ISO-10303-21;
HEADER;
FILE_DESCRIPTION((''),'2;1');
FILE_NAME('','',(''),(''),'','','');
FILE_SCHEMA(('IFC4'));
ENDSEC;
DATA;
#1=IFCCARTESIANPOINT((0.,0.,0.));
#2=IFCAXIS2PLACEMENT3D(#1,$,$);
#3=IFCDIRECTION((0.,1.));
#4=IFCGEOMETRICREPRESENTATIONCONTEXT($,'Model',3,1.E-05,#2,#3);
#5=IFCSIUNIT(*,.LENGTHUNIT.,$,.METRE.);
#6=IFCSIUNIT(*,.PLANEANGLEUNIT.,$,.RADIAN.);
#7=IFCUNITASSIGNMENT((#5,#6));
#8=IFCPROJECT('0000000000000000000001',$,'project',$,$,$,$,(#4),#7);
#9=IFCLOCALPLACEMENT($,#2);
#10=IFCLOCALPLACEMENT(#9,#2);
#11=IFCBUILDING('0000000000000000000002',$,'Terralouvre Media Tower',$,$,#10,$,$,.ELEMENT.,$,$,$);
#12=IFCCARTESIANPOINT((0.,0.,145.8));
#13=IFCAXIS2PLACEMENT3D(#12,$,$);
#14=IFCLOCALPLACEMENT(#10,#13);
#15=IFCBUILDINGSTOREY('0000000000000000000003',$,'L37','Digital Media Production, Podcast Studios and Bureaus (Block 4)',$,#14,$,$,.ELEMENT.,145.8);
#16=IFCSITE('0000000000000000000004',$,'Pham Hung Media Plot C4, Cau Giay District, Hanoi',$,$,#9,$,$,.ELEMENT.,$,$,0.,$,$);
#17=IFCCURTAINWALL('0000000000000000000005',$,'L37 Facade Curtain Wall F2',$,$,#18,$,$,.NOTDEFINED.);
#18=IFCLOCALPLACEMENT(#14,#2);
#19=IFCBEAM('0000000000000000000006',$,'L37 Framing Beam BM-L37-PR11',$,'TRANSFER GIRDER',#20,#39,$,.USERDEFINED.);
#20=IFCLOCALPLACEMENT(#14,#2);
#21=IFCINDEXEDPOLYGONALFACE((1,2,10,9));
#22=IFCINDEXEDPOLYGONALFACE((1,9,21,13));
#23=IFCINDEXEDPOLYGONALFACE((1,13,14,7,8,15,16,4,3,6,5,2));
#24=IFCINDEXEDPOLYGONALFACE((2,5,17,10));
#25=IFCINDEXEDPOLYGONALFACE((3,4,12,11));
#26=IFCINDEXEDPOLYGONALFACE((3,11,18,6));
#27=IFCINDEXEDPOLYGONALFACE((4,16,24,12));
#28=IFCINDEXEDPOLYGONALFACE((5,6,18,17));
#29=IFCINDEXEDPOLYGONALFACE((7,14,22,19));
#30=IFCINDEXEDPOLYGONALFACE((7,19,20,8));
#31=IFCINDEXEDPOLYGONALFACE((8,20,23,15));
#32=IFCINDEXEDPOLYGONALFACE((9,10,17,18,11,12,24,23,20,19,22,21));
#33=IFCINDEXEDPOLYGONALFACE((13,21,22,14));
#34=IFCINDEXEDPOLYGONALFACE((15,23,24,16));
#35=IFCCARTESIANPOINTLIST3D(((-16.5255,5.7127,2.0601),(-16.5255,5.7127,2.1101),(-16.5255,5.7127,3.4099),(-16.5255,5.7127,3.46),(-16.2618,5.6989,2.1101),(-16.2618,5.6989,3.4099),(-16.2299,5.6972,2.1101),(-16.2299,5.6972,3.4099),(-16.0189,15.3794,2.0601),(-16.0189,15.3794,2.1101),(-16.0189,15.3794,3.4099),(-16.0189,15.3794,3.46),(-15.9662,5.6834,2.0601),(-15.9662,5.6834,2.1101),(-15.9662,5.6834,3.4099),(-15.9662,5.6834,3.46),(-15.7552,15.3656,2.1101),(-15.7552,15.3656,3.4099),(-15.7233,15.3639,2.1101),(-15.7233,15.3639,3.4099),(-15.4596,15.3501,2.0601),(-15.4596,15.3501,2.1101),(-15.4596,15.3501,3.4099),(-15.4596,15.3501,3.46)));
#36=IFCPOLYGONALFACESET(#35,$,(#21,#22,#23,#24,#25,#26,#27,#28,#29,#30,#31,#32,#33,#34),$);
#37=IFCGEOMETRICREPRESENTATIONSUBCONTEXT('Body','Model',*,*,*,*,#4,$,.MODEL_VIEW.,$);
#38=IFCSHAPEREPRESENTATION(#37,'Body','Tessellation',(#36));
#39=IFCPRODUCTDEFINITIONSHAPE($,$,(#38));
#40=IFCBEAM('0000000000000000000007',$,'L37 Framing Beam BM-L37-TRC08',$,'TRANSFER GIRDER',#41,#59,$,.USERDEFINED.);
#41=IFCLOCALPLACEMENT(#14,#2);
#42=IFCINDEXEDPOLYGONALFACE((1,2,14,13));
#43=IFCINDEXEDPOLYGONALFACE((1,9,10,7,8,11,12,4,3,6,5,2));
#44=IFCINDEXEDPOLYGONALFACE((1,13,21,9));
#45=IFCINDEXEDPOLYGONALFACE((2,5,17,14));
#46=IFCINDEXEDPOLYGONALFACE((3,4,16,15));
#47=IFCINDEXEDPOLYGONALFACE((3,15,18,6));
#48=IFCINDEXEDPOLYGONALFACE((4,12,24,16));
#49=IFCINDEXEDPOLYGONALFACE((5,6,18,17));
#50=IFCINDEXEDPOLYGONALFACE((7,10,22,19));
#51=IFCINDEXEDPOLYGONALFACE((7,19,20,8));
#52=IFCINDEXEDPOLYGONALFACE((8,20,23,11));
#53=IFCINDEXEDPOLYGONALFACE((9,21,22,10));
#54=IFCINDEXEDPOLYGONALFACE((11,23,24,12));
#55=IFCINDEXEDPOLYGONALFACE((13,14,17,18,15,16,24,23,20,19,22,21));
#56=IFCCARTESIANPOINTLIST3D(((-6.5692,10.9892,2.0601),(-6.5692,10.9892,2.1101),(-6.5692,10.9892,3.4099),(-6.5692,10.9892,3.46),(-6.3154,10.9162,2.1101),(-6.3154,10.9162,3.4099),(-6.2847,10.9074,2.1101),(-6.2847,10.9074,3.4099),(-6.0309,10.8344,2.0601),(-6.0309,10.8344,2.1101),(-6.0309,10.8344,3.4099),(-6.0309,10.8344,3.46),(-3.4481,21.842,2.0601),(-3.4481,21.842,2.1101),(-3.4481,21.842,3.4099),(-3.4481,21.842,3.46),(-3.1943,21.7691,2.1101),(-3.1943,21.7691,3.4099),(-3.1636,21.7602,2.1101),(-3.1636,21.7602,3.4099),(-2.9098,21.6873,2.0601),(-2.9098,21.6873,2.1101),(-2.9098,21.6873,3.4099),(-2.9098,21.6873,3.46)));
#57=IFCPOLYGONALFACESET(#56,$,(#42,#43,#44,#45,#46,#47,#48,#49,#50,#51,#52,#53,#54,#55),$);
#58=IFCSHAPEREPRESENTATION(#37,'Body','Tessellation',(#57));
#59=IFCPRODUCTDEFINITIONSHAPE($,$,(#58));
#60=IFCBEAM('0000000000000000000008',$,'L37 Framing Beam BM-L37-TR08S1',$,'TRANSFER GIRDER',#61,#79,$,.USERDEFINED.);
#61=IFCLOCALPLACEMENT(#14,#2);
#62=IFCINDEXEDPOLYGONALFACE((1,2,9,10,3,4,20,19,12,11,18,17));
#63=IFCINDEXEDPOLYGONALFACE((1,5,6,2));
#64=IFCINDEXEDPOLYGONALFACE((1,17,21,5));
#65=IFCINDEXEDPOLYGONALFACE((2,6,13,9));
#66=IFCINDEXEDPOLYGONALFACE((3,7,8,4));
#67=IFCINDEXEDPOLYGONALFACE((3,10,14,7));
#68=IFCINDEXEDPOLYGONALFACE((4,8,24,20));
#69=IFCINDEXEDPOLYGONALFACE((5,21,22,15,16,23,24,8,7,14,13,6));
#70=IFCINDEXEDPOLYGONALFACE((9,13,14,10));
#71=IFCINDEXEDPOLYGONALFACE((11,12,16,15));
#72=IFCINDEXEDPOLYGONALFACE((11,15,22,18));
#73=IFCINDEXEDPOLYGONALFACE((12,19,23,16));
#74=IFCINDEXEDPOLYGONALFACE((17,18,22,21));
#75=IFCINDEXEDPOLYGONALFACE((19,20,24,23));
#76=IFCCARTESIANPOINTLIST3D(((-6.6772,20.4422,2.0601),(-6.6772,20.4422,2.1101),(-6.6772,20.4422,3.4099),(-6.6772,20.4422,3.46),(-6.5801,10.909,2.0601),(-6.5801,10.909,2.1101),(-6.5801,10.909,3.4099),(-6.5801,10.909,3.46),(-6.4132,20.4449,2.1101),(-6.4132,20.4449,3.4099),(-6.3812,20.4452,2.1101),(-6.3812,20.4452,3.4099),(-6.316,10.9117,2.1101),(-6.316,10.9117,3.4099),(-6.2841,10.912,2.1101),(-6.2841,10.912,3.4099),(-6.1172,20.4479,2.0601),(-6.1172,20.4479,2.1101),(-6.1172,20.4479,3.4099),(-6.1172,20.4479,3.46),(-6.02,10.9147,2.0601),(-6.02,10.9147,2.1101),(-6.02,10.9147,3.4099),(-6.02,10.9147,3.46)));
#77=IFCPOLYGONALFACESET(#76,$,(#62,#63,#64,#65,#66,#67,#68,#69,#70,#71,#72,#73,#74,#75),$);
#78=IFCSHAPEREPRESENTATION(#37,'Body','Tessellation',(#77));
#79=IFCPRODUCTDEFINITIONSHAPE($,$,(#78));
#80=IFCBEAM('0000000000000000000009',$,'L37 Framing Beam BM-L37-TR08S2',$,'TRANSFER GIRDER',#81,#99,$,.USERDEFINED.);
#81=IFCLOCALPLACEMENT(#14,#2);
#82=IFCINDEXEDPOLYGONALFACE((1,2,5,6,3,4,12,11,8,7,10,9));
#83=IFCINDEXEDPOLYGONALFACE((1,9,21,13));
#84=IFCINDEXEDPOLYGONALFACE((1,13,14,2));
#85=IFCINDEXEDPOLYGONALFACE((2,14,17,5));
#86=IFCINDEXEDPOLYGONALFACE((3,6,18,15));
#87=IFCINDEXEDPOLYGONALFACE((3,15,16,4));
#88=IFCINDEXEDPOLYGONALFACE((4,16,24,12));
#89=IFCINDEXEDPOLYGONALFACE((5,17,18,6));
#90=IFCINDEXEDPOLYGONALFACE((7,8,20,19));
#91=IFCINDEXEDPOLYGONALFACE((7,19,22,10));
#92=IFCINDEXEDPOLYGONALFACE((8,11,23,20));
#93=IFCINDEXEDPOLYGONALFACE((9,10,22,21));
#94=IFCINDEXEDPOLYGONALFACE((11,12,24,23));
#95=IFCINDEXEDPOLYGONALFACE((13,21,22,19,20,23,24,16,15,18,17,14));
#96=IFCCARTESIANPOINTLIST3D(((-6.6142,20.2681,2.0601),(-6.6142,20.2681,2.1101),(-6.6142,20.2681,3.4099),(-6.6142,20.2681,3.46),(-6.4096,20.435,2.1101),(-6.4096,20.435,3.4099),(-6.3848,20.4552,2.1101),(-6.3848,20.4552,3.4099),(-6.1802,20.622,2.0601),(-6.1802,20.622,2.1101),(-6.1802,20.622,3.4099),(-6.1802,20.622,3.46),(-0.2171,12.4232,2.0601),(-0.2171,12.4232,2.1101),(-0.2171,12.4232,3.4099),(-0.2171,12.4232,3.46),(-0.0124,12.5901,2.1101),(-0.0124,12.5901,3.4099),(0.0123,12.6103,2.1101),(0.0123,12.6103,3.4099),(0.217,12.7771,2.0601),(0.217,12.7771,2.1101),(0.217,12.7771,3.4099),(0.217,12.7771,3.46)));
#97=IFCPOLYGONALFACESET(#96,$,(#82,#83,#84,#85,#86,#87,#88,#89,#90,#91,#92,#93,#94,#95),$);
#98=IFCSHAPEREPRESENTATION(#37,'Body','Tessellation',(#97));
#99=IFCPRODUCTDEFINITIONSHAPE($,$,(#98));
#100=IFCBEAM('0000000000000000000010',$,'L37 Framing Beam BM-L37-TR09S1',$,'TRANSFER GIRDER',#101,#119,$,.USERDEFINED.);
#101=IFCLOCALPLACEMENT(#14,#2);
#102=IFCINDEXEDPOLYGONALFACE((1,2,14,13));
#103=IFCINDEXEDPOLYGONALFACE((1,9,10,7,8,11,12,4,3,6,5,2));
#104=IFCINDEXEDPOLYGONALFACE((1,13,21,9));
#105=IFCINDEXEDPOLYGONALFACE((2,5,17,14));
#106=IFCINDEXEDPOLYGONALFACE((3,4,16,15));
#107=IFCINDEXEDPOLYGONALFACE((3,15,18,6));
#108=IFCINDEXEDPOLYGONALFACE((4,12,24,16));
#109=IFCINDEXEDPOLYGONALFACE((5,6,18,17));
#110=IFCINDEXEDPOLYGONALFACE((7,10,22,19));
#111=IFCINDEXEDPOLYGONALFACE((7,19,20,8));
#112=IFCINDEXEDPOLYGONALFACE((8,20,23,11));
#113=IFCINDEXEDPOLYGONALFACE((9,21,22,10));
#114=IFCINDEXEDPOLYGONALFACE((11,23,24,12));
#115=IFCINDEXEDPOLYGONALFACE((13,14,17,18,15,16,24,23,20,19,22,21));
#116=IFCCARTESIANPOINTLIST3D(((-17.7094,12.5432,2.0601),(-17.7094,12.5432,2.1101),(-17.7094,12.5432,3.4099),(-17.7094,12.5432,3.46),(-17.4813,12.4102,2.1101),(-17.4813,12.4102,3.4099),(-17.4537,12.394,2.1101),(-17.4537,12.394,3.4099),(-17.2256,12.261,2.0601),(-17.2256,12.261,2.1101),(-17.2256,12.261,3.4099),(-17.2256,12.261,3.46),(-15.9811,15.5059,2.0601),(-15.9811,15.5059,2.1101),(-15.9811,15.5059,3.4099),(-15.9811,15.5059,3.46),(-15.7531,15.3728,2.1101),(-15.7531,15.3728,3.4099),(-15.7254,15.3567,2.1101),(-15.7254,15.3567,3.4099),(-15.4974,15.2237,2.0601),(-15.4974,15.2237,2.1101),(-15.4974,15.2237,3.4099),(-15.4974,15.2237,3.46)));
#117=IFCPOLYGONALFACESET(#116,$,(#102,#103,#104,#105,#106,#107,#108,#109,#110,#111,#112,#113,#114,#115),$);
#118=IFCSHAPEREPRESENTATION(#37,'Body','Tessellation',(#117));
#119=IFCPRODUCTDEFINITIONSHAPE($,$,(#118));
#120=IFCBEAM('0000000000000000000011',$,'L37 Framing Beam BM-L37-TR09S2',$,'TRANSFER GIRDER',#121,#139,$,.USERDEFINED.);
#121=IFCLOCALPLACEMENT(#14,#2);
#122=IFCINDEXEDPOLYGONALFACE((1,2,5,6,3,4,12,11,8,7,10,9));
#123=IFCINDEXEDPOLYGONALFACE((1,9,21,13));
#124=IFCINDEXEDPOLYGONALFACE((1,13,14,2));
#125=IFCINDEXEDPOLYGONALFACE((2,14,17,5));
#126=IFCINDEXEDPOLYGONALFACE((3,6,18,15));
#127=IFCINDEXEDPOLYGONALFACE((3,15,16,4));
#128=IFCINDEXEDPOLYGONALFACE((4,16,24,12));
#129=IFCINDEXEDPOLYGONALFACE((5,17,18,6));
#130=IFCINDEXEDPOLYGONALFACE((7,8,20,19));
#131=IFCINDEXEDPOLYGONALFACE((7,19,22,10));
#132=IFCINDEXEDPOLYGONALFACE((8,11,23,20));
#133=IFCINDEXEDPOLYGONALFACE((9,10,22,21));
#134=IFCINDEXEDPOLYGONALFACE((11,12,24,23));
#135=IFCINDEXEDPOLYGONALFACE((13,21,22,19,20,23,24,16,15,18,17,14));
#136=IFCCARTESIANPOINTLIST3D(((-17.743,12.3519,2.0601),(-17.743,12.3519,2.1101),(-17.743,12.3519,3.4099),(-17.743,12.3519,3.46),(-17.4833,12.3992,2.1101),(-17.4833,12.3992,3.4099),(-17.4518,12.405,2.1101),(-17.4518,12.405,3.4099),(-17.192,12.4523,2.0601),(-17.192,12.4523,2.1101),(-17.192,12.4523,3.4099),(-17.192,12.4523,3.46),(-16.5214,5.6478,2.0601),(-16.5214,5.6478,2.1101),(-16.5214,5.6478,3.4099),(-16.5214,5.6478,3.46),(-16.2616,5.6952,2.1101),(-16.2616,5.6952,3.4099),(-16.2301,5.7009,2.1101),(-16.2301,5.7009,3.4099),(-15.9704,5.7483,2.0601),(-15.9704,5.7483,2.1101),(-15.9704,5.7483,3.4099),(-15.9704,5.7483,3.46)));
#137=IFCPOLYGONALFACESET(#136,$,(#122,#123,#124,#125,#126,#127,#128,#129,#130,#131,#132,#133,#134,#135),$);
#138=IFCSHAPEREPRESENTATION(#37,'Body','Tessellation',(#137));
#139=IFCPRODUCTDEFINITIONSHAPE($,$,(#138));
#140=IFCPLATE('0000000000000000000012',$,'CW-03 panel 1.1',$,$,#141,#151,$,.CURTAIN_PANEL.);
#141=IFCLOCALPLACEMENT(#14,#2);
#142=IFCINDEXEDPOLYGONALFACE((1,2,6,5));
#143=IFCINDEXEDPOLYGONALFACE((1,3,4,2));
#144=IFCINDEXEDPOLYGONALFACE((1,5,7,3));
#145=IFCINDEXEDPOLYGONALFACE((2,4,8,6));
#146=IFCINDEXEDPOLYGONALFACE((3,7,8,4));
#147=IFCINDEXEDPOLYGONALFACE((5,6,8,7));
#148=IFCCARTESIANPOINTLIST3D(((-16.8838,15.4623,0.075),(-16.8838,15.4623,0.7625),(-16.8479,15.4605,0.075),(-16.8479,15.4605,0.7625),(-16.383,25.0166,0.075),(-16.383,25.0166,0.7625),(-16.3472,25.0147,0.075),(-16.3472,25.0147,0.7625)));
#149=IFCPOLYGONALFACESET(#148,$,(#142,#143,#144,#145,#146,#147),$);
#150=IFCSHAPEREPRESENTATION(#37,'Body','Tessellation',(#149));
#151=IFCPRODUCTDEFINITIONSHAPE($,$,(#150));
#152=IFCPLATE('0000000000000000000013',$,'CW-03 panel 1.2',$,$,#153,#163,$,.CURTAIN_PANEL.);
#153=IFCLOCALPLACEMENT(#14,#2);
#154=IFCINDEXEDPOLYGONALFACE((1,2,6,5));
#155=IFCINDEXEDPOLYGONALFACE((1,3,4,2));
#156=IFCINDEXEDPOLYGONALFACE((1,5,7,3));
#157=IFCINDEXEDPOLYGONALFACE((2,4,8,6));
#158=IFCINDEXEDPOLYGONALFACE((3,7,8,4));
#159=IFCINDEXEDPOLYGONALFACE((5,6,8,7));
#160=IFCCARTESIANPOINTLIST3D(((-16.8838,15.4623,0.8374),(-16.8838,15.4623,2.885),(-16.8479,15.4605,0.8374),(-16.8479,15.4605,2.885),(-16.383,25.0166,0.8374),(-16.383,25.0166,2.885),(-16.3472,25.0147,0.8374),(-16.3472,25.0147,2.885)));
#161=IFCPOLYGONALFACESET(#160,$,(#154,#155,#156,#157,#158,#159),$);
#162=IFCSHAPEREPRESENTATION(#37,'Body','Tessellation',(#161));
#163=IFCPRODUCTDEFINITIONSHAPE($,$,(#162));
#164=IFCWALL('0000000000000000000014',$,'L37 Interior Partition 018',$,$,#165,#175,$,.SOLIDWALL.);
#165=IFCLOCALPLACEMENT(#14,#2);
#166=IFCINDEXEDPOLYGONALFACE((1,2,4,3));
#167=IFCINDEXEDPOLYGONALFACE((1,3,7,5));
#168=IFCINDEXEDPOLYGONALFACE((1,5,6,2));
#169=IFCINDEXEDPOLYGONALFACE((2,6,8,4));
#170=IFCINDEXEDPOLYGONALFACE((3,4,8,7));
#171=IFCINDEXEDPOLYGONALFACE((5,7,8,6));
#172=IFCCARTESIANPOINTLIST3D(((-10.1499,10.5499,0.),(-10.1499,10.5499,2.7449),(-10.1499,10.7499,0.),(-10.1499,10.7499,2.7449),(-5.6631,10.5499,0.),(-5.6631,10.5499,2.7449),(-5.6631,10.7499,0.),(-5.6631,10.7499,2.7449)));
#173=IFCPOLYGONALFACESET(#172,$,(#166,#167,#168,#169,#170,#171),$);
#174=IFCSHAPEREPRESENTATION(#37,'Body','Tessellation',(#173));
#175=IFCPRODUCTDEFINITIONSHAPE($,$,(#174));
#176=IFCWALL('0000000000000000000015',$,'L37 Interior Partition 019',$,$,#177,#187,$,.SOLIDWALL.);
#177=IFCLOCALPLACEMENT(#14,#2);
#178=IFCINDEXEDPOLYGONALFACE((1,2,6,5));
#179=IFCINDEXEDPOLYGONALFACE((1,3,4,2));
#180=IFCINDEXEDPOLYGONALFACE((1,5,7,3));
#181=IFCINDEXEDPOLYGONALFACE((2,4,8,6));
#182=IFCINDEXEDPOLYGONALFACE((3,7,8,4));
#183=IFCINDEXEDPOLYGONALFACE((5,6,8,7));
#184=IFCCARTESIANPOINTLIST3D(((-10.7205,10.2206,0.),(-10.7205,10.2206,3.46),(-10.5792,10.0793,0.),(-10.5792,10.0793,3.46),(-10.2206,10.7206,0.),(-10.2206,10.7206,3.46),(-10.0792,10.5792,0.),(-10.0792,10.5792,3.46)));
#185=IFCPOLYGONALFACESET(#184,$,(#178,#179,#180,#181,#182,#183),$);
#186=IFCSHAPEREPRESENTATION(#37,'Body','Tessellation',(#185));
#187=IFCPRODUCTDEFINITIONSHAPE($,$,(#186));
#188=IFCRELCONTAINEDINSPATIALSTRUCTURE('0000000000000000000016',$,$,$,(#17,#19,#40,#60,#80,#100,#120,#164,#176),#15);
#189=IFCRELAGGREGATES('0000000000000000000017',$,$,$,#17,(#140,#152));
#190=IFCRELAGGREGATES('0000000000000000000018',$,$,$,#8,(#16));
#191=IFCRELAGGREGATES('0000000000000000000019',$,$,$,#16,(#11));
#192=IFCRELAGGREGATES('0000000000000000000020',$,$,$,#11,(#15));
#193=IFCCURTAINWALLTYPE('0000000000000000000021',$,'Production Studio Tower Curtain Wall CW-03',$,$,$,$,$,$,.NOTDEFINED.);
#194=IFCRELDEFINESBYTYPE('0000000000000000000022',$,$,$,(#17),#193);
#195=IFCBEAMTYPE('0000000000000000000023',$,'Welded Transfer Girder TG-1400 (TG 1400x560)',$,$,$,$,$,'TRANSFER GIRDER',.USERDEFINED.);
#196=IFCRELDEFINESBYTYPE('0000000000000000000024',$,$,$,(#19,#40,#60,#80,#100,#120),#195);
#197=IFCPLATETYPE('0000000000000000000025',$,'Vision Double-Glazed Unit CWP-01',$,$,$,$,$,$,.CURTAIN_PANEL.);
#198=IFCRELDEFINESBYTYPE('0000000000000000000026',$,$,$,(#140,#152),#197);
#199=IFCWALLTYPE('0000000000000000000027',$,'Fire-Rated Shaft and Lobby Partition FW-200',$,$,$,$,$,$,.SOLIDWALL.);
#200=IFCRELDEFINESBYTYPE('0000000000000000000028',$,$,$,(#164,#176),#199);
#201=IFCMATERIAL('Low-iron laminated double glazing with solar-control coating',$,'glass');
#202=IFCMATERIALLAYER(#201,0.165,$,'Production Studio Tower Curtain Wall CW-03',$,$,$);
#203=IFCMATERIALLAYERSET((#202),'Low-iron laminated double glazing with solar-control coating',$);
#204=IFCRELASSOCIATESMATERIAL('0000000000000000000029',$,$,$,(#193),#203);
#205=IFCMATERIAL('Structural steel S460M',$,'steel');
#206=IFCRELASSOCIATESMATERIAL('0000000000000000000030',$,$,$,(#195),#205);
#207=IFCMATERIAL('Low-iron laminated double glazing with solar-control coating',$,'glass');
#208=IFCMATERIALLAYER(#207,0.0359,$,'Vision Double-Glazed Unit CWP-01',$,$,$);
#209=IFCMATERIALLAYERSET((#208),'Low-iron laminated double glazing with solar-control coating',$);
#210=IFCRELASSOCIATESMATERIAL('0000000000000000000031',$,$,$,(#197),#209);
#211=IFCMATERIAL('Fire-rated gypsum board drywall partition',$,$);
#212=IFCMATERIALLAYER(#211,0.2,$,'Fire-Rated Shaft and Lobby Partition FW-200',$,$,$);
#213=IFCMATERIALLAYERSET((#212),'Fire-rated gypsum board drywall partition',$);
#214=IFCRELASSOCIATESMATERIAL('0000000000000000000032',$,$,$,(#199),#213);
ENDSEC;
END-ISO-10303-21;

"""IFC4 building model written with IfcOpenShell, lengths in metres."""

from ifc_helpers import new_model, si_unit, direction, frame, frame_2d, origin, origin_2d, place, context, subcontext, project, spatial, rectangle, i_section, extrude, material, layer, layer_set, material_profile, profile_set, type_object, element, aggregate, save


model = new_model("IFC4")

# Units and contexts
model_context = context("Model", 3, precision=1e-05, world=origin(), true_north=direction((0.0, 1.0)))
body_context = subcontext(model_context, "Body", "Model", "MODEL_VIEW")
ifc_project = project(units=[si_unit("LENGTHUNIT", "METRE"), si_unit("PLANEANGLEUNIT", "RADIAN")], contexts=[model_context])

# Site, building, storey
site_placement = place(None, origin())
site = spatial("IfcSite", under=ifc_project, at=site_placement, Name="Pham Hung Media Plot C4, Cau Giay District, Hanoi", CompositionType="ELEMENT", RefElevation=0.0)
building_placement = place(site_placement, origin())
building = spatial("IfcBuilding", under=site, at=building_placement, Name="Terralouvre Media Tower", CompositionType="ELEMENT")
storey_placement = place(building_placement, frame((0.0, 0.0, 145.8)))
storey = spatial("IfcBuildingStorey", under=building, at=storey_placement, Name="L37", Description="Digital Media Production, Podcast Studios and Bureaus (Block 4)", CompositionType="ELEMENT", Elevation=145.8)

# Curtain wall
ifc_material_1 = material(Name="Low-iron laminated double glazing with solar-control coating", Category="glass")
ifc_layer_1 = layer(ifc_material_1, 0.165, Name="Production Studio Tower Curtain Wall CW-03")
ifc_layer_set_1 = layer_set([ifc_layer_1], Name="Low-iron laminated double glazing with solar-control coating")
curtain_wall_type = type_object("IfcCurtainWallType", Name="Production Studio Tower Curtain Wall CW-03", PredefinedType="NOTDEFINED", material=ifc_layer_set_1)
curtain_wall_placement = place(storey_placement, origin())
curtain_wall = element("IfcCurtainWall", 1, at=curtain_wall_placement, inside=storey, type_object=curtain_wall_type, Name="L37 Facade Curtain Wall F2", PredefinedType="NOTDEFINED")

# Beams
ifc_material_2 = material(Name="Structural steel S460M", Category="steel")
ifc_material_profile_1 = material_profile(ifc_material_2, i_section(OverallWidth=0.5601, OverallDepth=1.3999, WebThickness=0.032, FlangeThickness=0.05, at=origin_2d()), Name="TG 1400x560")
ifc_profile_set_1 = profile_set([ifc_material_profile_1], Name="Structural steel S460M")
beam_type_1 = type_object("IfcBeamType", Name="Welded Transfer Girder TG-1400 (TG 1400x560)", ElementType="TRANSFER GIRDER", PredefinedType="USERDEFINED", material=ifc_profile_set_1)
beam_1_placement = place(storey_placement, frame((-15.7393, 15.3647, 2.76), z_axis=(-0.052334, -0.99863, 0.0), x_axis=(0.99863, -0.052334, 0.0)))
element("IfcBeam", 2, at=beam_1_placement, inside=storey, type_object=beam_type_1, Name="L37 Framing Beam BM-L37-PR11", ObjectType="TRANSFER GIRDER", PredefinedType="USERDEFINED", context=body_context, shape_type="SweptSolid", body=[
    extrude(i_section(OverallWidth=0.5601, OverallDepth=1.3999, WebThickness=0.032, FlangeThickness=0.05, at=origin_2d()), origin(), (0.0, 0.0, 1.0), 9.6799),
])
beam_2_placement = place(storey_placement, frame((-3.179, 21.7646, 2.76), z_axis=(-0.276383, -0.961048, 0.0), x_axis=(0.961048, -0.276383, 0.0)))
element("IfcBeam", 3, at=beam_2_placement, inside=storey, type_object=beam_type_1, Name="L37 Framing Beam BM-L37-TRC08", ObjectType="TRANSFER GIRDER", PredefinedType="USERDEFINED", context=body_context, shape_type="SweptSolid", body=[
    extrude(i_section(OverallWidth=0.5601, OverallDepth=1.3999, WebThickness=0.032, FlangeThickness=0.05, at=origin_2d()), origin(), (0.0, 0.0, 1.0), 11.2927),
])
beam_3_placement = place(storey_placement, frame((-6.3972, 20.4451, 2.76), z_axis=(0.010192, -0.999948, 0.0), x_axis=(0.999948, 0.010192, 0.0)))
element("IfcBeam", 4, at=beam_3_placement, inside=storey, type_object=beam_type_1, Name="L37 Framing Beam BM-L37-TR08S1", ObjectType="TRANSFER GIRDER", PredefinedType="USERDEFINED", context=body_context, shape_type="SweptSolid", body=[
    extrude(i_section(OverallWidth=0.5601, OverallDepth=1.3999, WebThickness=0.032, FlangeThickness=0.05, at=origin_2d()), origin(), (0.0, 0.0, 1.0), 9.5337),
])
beam_4_placement = place(storey_placement, frame((-6.3972, 20.4451, 2.76), z_axis=(0.631971, -0.774992, 0.0), x_axis=(0.774992, 0.631971, 0.0)))
element("IfcBeam", 5, at=beam_4_placement, inside=storey, type_object=beam_type_1, Name="L37 Framing Beam BM-L37-TR08S2", ObjectType="TRANSFER GIRDER", PredefinedType="USERDEFINED", context=body_context, shape_type="SweptSolid", body=[
    extrude(i_section(OverallWidth=0.5601, OverallDepth=1.3999, WebThickness=0.032, FlangeThickness=0.05, at=origin_2d()), origin(), (0.0, 0.0, 1.0), 10.1226),
])
beam_5_placement = place(storey_placement, frame((-17.4675, 12.4021, 2.76), z_axis=(0.503884, 0.863771, 0.0), x_axis=(-0.863771, 0.503884, 0.0)))
element("IfcBeam", 6, at=beam_5_placement, inside=storey, type_object=beam_type_1, Name="L37 Framing Beam BM-L37-TR09S1", ObjectType="TRANSFER GIRDER", PredefinedType="USERDEFINED", context=body_context, shape_type="SweptSolid", body=[
    extrude(i_section(OverallWidth=0.5601, OverallDepth=1.3999, WebThickness=0.032, FlangeThickness=0.05, at=origin_2d()), origin(), (0.0, 0.0, 1.0), 3.4299),
])
beam_6_placement = place(storey_placement, frame((-17.4675, 12.4021, 2.76), z_axis=(0.179276, -0.983799, 0.0), x_axis=(0.983799, 0.179276, 0.0)))
element("IfcBeam", 7, at=beam_6_placement, inside=storey, type_object=beam_type_1, Name="L37 Framing Beam BM-L37-TR09S2", ObjectType="TRANSFER GIRDER", PredefinedType="USERDEFINED", context=body_context, shape_type="SweptSolid", body=[
    extrude(i_section(OverallWidth=0.5601, OverallDepth=1.3999, WebThickness=0.032, FlangeThickness=0.05, at=origin_2d()), origin(), (0.0, 0.0, 1.0), 6.8145),
])

# Plates
ifc_material_3 = material(Name="Low-iron laminated double glazing with solar-control coating", Category="glass")
ifc_layer_2 = layer(ifc_material_3, 0.0359, Name="Vision Double-Glazed Unit CWP-01")
ifc_layer_set_2 = layer_set([ifc_layer_2], Name="Low-iron laminated double glazing with solar-control coating")
plate_type = type_object("IfcPlateType", Name="Vision Double-Glazed Unit CWP-01", PredefinedType="CURTAIN_PANEL", material=ifc_layer_set_2)
plate_1_placement = place(storey_placement, frame((-16.6155, 20.2385, 0.075), z_axis=(0.0, 0.0, 1.0), x_axis=(-0.052336, -0.99863, 0.0)))
plate_1 = element("IfcPlate", 8, at=plate_1_placement, type_object=plate_type, Name="CW-03 panel 1.1", PredefinedType="CURTAIN_PANEL", context=body_context, shape_type="SweptSolid", body=[
    extrude(rectangle(XDim=9.5674, YDim=0.0359, at=origin_2d()), origin(), (0.0, 0.0, 1.0), 0.6875),
])
plate_2_placement = place(storey_placement, frame((-16.6155, 20.2385, 0.8374), z_axis=(0.0, 0.0, 1.0), x_axis=(-0.052336, -0.99863, 0.0)))
plate_2 = element("IfcPlate", 9, at=plate_2_placement, type_object=plate_type, Name="CW-03 panel 1.2", PredefinedType="CURTAIN_PANEL", context=body_context, shape_type="SweptSolid", body=[
    extrude(rectangle(XDim=9.5674, YDim=0.0359, at=origin_2d()), origin(), (0.0, 0.0, 1.0), 2.0476),
])
aggregate(curtain_wall, [plate_1, plate_2])

# Walls
ifc_material_4 = material(Name="Fire-rated gypsum board drywall partition")
ifc_layer_3 = layer(ifc_material_4, 0.2, Name="Fire-Rated Shaft and Lobby Partition FW-200")
ifc_layer_set_3 = layer_set([ifc_layer_3], Name="Fire-rated gypsum board drywall partition")
wall_type_1 = type_object("IfcWallType", Name="Fire-Rated Shaft and Lobby Partition FW-200", PredefinedType="SOLIDWALL", material=ifc_layer_set_3)
wall_1_placement = place(storey_placement, frame((-5.6631, 10.6499, 0.0), z_axis=(0.0, 0.0, 1.0), x_axis=(-1.0, 0.0, 0.0)))
element("IfcWall", 10, at=wall_1_placement, inside=storey, type_object=wall_type_1, Name="L37 Interior Partition 018", PredefinedType="SOLIDWALL", context=body_context, shape_type="SweptSolid", body=[
    extrude(rectangle(XDim=4.4868, YDim=0.2, at=frame_2d((2.2434, 0.0))), origin(), (0.0, 0.0, 1.0), 2.7449),
])
wall_2_placement = place(storey_placement, frame((-10.1499, 10.6499, 0.0), z_axis=(0.0, 0.0, 1.0), x_axis=(-0.707107, -0.707107, 0.0)))
element("IfcWall", 11, at=wall_2_placement, inside=storey, type_object=wall_type_1, Name="L37 Interior Partition 019", PredefinedType="SOLIDWALL", context=body_context, shape_type="SweptSolid", body=[
    extrude(rectangle(XDim=0.707, YDim=0.2, at=frame_2d((0.3535, 0.0))), origin(), (0.0, 0.0, 1.0), 3.46),
])

save(model, "model.ifc")
